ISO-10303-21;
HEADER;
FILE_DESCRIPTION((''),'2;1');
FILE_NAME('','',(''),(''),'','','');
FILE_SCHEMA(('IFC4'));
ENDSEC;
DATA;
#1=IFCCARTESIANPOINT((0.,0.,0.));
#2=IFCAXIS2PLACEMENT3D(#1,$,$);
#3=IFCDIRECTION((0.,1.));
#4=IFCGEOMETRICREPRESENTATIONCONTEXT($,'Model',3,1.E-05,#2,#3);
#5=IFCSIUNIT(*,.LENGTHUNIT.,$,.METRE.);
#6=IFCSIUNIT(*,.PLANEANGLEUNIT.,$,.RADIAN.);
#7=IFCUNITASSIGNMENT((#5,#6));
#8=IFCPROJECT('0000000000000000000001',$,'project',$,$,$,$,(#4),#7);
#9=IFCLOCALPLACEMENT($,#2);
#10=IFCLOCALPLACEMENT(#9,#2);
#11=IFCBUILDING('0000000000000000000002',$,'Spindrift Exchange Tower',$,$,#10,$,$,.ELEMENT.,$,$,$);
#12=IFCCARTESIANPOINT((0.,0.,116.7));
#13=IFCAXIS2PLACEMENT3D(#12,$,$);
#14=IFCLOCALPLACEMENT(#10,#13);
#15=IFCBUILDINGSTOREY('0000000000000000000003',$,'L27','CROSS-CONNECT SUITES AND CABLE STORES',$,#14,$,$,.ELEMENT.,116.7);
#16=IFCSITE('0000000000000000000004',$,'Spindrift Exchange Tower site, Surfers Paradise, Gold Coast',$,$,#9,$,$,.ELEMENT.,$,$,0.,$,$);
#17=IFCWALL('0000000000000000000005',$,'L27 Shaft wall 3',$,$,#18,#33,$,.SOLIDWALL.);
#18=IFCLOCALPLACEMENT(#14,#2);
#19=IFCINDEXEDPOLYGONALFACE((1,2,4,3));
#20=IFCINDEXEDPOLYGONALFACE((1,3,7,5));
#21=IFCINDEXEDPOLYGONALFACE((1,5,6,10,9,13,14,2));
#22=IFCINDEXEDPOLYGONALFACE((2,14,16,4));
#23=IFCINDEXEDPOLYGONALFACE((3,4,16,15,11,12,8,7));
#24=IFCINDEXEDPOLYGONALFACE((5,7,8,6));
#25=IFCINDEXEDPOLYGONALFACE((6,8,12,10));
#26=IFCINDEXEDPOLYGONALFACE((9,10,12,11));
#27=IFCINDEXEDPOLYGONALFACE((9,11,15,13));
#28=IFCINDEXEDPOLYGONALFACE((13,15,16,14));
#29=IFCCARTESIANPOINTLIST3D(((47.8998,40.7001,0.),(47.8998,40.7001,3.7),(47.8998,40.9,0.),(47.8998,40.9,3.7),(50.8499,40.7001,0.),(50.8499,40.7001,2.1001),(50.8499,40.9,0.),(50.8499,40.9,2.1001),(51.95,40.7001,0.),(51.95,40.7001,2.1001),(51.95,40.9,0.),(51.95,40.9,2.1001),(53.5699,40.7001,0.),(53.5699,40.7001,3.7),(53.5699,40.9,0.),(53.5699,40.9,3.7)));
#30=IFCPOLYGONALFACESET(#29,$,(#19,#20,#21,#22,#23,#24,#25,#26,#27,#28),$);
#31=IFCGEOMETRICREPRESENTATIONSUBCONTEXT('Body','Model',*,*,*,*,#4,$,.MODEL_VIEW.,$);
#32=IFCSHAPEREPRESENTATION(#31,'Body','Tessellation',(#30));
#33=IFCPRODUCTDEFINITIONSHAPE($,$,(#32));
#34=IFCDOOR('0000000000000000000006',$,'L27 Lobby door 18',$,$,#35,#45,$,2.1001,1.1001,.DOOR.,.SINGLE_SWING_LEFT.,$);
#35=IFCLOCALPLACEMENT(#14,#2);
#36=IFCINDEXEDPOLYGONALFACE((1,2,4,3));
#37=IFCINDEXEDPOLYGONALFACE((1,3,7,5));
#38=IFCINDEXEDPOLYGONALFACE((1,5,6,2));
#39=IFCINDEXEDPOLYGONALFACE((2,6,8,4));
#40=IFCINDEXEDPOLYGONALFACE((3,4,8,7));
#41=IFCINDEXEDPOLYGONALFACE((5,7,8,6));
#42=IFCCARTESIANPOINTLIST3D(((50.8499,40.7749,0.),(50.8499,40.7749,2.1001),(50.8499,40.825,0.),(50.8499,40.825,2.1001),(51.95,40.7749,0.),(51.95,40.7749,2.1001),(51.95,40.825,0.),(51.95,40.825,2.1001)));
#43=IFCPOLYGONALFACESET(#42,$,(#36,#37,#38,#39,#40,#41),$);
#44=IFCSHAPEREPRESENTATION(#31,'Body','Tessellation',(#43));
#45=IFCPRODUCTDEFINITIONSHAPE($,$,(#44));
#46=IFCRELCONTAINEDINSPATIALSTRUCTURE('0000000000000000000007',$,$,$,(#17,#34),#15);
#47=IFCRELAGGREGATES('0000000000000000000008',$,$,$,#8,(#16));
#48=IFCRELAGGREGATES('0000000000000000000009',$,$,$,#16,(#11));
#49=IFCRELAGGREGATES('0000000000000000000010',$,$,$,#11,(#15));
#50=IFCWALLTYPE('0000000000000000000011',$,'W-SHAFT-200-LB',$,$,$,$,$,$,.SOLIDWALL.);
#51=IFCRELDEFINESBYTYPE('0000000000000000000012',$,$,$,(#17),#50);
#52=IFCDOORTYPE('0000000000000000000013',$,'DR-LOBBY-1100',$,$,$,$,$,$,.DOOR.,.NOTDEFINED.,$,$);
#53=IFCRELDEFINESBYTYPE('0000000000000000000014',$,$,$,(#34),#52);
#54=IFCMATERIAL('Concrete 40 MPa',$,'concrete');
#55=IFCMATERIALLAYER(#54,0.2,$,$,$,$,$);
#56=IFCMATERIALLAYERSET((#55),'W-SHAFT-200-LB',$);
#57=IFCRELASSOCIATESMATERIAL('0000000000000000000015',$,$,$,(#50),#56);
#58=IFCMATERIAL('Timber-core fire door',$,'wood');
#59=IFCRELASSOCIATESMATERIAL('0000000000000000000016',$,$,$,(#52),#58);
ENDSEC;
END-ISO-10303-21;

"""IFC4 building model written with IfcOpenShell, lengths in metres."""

from ifc_helpers import new_model, si_unit, direction, frame, frame_2d, origin, place, context, subcontext, project, spatial, rectangle, extrude, source, transform, mapped, material, layer, layer_set, type_object, element, fill, save


model = new_model("IFC4")

# Units and contexts
model_context = context("Model", 3, precision=1e-05, world=origin(), true_north=direction((0.0, 1.0)))
body_context = subcontext(model_context, "Body", "Model", "MODEL_VIEW")
ifc_project = project(units=[si_unit("LENGTHUNIT", "METRE"), si_unit("PLANEANGLEUNIT", "RADIAN")], contexts=[model_context])

# Site, building, storey
site_placement = place(None, origin())
site = spatial("IfcSite", under=ifc_project, at=site_placement, Name="Spindrift Exchange Tower site, Surfers Paradise, Gold Coast", CompositionType="ELEMENT", RefElevation=0.0)
building_placement = place(site_placement, origin())
building = spatial("IfcBuilding", under=site, at=building_placement, Name="Spindrift Exchange Tower", CompositionType="ELEMENT")
storey_placement = place(building_placement, frame((0.0, 0.0, 116.7)))
storey = spatial("IfcBuildingStorey", under=building, at=storey_placement, Name="L27", Description="CROSS-CONNECT SUITES AND CABLE STORES", CompositionType="ELEMENT", Elevation=116.7)

# Shared definitions
ifc_material_1 = material(Name="Concrete 40 MPa", Category="concrete")

# Wall, opening, door
ifc_layer_1 = layer(ifc_material_1, 0.2)
ifc_layer_set_1 = layer_set([ifc_layer_1], Name="W-SHAFT-200-LB")
wall_type_1 = type_object("IfcWallType", Name="W-SHAFT-200-LB", PredefinedType="SOLIDWALL", material=ifc_layer_set_1)
wall_1_placement = place(storey_placement, frame((47.8999, 40.8, 0.0), z_axis=(0.0, 0.0, 1.0), x_axis=(1.0, 0.0, 0.0)))
wall_1 = element("IfcWall", 1, at=wall_1_placement, inside=storey, type_object=wall_type_1, Name="L27 Shaft wall 3", PredefinedType="SOLIDWALL", context=body_context, shape_type="SweptSolid", body=[
    extrude(rectangle(XDim=5.6702, YDim=0.2, at=frame_2d((2.835, 0.0))), origin(), (0.0, 0.0, 1.0), 3.7),
])
opening_1_placement = place(wall_1_placement, frame((2.95, 0.0, 0.0)))
opening_1 = element("IfcOpeningElement", 2, at=opening_1_placement, cuts=wall_1, PredefinedType="OPENING", context=body_context, shape_type="SweptSolid", body=[
    extrude(rectangle(XDim=1.1001, YDim=2.1001, at=frame_2d((0.55, 1.05))), frame((0.0, 0.1099, 0.0), z_axis=(0.0, -1.0, 0.0), x_axis=(1.0, 0.0, 0.0)), (0.0, 0.0, 1.0), 0.22),
])
ifc_material_2 = material(Name="Timber-core fire door", Category="wood")
door_type_1 = type_object("IfcDoorType", Name="DR-LOBBY-1100", OperationType="NOTDEFINED", PredefinedType="DOOR", material=ifc_material_2)
shared_shape_1 = source(origin(), body_context, "Body", "SweptSolid", [
    extrude(rectangle(XDim=1.1001, YDim=2.1001, at=frame_2d((0.55, 1.05))), frame((0.0, 0.0249, 0.0), z_axis=(0.0, -1.0, 0.0), x_axis=(1.0, 0.0, 0.0)), (0.0, 0.0, 1.0), 0.05),
])
door_1_placement = place(opening_1_placement, origin())
door_1 = element("IfcDoor", 3, at=door_1_placement, inside=storey, type_object=door_type_1, Name="L27 Lobby door 18", OperationType="SINGLE_SWING_LEFT", OverallHeight=2.1001, OverallWidth=1.1001, PredefinedType="DOOR", context=body_context, shape_type="MappedRepresentation", body=[
    mapped(shared_shape_1, transform((0.0, 0.0, 0.0), scale=1.0)),
])
fill(opening_1, door_1)

save(model, "model.ifc")
